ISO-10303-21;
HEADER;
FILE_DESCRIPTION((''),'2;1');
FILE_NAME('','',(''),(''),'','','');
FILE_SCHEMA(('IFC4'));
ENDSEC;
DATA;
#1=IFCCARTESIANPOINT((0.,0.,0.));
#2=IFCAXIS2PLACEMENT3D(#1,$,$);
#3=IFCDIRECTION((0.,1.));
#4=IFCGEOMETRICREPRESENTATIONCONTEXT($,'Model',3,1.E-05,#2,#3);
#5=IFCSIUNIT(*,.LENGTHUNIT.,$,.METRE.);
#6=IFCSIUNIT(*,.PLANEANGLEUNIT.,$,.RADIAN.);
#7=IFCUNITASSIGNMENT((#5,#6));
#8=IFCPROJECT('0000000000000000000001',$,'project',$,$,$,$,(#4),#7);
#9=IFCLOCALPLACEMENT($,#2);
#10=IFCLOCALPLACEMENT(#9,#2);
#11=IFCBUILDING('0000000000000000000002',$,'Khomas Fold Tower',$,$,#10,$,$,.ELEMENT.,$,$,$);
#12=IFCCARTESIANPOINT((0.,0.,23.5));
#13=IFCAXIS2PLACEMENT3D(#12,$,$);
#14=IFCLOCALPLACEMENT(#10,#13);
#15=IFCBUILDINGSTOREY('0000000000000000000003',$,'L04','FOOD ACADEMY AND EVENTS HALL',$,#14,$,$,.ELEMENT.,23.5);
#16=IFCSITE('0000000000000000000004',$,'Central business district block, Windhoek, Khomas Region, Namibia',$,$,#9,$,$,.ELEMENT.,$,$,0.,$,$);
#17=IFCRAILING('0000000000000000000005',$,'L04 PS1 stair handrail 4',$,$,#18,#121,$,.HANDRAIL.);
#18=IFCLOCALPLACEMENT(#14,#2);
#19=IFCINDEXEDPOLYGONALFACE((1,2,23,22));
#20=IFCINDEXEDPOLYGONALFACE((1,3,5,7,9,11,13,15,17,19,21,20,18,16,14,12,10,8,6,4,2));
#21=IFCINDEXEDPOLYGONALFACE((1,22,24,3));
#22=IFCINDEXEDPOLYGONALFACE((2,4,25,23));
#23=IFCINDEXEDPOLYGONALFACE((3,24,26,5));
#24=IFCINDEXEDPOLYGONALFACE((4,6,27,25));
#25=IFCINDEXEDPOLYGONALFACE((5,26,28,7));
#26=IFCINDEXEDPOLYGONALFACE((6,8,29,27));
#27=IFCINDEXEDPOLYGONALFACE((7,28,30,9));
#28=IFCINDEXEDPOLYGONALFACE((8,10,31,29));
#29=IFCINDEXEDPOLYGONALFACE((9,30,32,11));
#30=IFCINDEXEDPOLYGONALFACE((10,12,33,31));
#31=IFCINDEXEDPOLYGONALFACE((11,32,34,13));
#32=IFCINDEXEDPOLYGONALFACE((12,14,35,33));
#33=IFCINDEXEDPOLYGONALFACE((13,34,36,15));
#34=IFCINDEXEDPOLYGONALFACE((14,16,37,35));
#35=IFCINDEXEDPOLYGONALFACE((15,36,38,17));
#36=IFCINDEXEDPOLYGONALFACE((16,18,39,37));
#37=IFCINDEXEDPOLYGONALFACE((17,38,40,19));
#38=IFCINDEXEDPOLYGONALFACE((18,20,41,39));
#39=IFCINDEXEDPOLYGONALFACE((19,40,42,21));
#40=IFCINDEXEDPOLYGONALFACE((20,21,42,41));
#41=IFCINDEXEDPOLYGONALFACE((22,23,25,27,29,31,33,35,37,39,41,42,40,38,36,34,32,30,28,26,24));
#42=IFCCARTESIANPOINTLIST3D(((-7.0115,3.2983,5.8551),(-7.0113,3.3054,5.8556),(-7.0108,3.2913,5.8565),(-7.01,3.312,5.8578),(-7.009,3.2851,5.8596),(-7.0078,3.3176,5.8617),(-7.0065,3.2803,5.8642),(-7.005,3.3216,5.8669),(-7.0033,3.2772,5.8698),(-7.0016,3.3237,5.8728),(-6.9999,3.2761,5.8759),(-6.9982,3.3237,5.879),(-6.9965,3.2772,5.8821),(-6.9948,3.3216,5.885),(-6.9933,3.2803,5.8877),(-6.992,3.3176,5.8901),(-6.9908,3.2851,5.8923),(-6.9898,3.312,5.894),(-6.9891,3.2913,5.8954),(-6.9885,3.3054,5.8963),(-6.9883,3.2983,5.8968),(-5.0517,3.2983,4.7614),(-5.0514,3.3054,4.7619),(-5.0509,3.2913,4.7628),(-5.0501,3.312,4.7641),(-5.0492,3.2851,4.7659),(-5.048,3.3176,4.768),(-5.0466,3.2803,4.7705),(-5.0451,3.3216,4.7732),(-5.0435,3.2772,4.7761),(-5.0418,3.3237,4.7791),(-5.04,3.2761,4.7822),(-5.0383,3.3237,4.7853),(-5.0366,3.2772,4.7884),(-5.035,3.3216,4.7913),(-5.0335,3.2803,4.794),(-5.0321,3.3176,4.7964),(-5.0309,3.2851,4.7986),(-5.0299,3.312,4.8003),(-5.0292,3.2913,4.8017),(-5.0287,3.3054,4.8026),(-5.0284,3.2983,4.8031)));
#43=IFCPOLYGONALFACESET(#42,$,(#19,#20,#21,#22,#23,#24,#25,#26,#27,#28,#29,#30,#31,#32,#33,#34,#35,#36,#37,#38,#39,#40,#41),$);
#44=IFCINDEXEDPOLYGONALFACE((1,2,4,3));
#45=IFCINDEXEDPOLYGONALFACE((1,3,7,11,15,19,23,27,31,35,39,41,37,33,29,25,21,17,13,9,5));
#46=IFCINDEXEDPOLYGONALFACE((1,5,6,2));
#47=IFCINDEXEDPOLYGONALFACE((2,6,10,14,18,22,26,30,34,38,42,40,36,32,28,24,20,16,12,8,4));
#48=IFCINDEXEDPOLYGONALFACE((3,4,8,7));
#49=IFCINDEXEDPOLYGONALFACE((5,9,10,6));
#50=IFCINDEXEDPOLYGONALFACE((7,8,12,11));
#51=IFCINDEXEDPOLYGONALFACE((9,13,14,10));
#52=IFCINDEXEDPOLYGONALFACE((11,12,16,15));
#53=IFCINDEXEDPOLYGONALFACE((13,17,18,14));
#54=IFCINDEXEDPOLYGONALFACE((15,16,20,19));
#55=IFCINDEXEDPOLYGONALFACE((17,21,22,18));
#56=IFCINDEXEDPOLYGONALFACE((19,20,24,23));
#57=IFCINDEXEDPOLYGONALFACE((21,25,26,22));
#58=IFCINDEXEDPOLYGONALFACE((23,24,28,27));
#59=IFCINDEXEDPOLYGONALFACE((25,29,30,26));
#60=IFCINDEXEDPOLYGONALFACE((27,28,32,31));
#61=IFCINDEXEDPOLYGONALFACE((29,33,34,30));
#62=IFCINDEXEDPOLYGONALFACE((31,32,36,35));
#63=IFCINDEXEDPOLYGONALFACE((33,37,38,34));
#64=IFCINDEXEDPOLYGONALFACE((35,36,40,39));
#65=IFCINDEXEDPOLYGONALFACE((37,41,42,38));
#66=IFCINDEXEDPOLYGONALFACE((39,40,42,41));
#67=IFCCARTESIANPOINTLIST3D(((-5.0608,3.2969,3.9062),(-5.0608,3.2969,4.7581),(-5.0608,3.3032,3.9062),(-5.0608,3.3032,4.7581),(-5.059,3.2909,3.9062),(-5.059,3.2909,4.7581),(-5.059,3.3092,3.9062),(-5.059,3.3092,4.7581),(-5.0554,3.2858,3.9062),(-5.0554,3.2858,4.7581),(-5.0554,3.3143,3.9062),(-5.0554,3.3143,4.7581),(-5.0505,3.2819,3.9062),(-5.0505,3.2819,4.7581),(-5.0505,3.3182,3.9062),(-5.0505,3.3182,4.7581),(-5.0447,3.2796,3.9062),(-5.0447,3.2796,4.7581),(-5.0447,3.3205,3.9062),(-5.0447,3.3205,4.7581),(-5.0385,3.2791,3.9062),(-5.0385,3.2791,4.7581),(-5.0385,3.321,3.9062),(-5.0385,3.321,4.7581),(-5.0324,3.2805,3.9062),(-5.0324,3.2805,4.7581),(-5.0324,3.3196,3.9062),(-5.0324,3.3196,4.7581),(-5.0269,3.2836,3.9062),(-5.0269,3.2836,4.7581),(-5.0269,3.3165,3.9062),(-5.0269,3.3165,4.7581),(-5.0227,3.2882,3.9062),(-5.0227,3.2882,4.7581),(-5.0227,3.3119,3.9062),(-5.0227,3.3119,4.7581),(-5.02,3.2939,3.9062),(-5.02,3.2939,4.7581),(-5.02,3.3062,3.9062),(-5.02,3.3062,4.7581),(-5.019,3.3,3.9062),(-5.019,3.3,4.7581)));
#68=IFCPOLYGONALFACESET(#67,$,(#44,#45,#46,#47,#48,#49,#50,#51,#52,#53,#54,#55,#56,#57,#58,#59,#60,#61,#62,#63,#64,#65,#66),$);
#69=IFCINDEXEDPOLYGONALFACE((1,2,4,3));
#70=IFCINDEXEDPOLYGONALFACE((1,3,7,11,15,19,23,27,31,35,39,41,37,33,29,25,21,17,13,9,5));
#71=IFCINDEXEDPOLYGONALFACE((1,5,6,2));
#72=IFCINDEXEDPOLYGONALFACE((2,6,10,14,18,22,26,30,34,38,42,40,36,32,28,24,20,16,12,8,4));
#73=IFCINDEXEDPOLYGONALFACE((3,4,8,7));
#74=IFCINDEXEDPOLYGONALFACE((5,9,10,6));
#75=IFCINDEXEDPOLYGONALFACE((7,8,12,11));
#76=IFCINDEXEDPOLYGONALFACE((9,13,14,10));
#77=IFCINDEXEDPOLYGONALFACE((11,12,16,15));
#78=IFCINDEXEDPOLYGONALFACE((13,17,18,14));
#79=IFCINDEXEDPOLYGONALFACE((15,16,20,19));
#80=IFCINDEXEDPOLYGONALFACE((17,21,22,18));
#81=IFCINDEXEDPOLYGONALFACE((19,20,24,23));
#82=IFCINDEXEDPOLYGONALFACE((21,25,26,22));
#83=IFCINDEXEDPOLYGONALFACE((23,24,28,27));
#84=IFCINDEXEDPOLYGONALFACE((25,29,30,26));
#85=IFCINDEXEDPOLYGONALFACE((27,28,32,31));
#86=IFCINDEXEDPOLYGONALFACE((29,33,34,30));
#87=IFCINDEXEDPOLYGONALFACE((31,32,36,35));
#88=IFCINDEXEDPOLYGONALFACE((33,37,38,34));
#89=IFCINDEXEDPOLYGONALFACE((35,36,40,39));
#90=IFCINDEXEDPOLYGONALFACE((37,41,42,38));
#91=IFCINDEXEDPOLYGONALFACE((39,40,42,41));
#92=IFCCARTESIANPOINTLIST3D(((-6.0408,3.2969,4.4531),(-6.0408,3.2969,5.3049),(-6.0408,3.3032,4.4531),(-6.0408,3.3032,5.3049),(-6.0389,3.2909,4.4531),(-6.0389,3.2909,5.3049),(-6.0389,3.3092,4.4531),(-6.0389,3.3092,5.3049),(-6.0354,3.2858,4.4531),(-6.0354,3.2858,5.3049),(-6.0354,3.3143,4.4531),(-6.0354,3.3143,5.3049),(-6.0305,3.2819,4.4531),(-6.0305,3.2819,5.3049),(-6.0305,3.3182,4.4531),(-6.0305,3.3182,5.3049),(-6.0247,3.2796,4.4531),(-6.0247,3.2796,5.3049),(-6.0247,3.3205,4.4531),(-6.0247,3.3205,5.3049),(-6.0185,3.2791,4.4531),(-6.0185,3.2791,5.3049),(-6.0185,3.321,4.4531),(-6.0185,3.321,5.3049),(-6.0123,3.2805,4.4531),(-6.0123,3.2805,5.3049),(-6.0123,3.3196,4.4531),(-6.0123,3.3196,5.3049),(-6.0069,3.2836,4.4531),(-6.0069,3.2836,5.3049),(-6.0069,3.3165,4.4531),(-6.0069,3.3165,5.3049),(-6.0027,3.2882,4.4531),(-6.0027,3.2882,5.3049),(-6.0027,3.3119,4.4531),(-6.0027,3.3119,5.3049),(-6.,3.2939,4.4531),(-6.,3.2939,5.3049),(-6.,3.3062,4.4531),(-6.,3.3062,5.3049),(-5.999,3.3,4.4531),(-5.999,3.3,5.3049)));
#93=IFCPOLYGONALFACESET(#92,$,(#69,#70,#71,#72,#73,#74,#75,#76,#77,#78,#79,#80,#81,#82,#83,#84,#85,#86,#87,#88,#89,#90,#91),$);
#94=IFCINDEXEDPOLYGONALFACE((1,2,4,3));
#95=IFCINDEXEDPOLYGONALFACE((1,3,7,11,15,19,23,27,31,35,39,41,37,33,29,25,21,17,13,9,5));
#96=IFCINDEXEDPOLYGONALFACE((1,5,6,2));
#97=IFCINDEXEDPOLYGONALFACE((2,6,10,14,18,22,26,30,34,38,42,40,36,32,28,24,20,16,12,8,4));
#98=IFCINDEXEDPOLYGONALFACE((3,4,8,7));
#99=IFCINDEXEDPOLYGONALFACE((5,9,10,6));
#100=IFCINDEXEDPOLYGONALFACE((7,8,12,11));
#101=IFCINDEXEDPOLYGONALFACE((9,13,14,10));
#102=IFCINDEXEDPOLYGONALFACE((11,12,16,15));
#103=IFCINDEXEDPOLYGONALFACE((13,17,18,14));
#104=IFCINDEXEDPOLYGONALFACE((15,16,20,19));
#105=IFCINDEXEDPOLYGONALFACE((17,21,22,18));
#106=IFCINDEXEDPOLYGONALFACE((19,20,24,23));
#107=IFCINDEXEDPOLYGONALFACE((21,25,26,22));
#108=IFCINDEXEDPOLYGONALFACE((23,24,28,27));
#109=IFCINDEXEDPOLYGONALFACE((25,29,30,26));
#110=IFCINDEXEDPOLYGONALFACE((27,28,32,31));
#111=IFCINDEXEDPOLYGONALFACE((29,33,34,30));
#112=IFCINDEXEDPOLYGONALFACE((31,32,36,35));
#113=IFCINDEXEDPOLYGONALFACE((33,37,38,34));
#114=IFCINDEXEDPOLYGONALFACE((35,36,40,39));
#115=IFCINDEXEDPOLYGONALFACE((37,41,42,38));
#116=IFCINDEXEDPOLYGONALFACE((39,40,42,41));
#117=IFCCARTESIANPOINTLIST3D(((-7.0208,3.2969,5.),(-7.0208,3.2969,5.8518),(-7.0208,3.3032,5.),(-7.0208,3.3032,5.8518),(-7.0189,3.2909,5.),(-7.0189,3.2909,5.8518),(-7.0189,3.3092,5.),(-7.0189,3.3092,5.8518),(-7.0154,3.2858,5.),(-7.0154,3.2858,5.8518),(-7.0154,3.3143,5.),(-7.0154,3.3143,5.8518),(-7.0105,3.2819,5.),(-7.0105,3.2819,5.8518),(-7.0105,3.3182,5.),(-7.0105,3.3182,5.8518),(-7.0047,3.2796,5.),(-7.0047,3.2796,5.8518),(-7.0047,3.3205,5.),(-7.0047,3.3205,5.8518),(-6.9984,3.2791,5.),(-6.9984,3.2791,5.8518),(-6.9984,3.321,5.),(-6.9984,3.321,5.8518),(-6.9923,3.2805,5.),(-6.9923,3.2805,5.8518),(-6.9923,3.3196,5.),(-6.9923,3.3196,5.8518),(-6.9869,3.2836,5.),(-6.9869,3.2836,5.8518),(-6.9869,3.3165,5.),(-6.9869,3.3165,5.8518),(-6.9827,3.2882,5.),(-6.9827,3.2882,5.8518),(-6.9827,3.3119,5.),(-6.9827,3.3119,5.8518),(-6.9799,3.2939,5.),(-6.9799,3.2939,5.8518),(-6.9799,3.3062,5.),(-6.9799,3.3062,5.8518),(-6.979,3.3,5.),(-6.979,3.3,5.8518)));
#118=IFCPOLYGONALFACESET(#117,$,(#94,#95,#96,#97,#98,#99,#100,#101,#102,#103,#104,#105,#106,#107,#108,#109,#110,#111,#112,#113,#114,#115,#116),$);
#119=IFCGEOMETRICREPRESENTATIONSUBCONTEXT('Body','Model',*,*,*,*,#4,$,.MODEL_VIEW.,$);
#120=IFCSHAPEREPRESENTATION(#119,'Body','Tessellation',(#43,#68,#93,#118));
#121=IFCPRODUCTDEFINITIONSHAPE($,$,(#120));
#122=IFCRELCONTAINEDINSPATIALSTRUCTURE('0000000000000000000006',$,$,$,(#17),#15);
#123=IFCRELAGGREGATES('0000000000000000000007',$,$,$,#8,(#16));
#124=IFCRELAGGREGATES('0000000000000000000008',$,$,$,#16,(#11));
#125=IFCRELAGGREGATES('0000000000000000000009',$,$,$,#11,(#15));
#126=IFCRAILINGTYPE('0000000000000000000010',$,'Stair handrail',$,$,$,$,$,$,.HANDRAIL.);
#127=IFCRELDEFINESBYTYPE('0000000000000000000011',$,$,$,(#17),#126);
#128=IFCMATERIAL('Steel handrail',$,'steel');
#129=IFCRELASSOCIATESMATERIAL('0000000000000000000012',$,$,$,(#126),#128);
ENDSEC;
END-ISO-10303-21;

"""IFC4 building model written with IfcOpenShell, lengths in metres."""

from ifc_helpers import new_model, si_unit, direction, frame, origin, origin_2d, place, context, subcontext, project, spatial, circle, extrude, source, transform, mapped, material, type_object, element, save


model = new_model("IFC4")

# Units and contexts
model_context = context("Model", 3, precision=1e-05, world=origin(), true_north=direction((0.0, 1.0)))
body_context = subcontext(model_context, "Body", "Model", "MODEL_VIEW")
ifc_project = project(units=[si_unit("LENGTHUNIT", "METRE"), si_unit("PLANEANGLEUNIT", "RADIAN")], contexts=[model_context])

# Site, building, storey
site_placement = place(None, origin())
site = spatial("IfcSite", under=ifc_project, at=site_placement, Name="Central business district block, Windhoek, Khomas Region, Namibia", CompositionType="ELEMENT", RefElevation=0.0)
building_placement = place(site_placement, origin())
building = spatial("IfcBuilding", under=site, at=building_placement, Name="Khomas Fold Tower", CompositionType="ELEMENT")
storey_placement = place(building_placement, frame((0.0, 0.0, 23.5)))
storey = spatial("IfcBuildingStorey", under=building, at=storey_placement, Name="L04", Description="FOOD ACADEMY AND EVENTS HALL", CompositionType="ELEMENT", Elevation=23.5)

# Railing
ifc_material_1 = material(Name="Steel handrail", Category="steel")
railing_type_1 = type_object("IfcRailingType", Name="Stair handrail", PredefinedType="HANDRAIL", material=ifc_material_1)
shared_shape_1 = source(origin(), body_context, "Body", "SweptSolid", [
    extrude(circle(Radius=0.0239, at=origin_2d()), frame((0.0, 0.0, 0.876), z_axis=(-0.873232, 0.0, 0.487304), x_axis=(0.0, -1.0, 0.0)), (0.0, 0.0, 1.0), 2.2444),
    extrude(circle(Radius=0.021, at=origin_2d()), origin(), (0.0, 0.0, 1.0), 0.8518),
    extrude(circle(Radius=0.021, at=origin_2d()), frame((-0.98, 0.0, 0.5469)), (0.0, 0.0, 1.0), 0.8518),
    extrude(circle(Radius=0.021, at=origin_2d()), frame((-1.96, 0.0, 1.0938)), (0.0, 0.0, 1.0), 0.8518),
])
for number, where, name in (
    (1, (-5.04, 3.3, 3.9062), "L04 PS1 stair handrail 4"),
):
    element("IfcRailing", number, at=place(storey_placement, frame(where)), inside=storey, type_object=railing_type_1, Name=name, PredefinedType="HANDRAIL", context=body_context, shape_type="MappedRepresentation", body=[
        mapped(shared_shape_1, transform((0.0, 0.0, 0.0))),
    ])

save(model, "model.ifc")
